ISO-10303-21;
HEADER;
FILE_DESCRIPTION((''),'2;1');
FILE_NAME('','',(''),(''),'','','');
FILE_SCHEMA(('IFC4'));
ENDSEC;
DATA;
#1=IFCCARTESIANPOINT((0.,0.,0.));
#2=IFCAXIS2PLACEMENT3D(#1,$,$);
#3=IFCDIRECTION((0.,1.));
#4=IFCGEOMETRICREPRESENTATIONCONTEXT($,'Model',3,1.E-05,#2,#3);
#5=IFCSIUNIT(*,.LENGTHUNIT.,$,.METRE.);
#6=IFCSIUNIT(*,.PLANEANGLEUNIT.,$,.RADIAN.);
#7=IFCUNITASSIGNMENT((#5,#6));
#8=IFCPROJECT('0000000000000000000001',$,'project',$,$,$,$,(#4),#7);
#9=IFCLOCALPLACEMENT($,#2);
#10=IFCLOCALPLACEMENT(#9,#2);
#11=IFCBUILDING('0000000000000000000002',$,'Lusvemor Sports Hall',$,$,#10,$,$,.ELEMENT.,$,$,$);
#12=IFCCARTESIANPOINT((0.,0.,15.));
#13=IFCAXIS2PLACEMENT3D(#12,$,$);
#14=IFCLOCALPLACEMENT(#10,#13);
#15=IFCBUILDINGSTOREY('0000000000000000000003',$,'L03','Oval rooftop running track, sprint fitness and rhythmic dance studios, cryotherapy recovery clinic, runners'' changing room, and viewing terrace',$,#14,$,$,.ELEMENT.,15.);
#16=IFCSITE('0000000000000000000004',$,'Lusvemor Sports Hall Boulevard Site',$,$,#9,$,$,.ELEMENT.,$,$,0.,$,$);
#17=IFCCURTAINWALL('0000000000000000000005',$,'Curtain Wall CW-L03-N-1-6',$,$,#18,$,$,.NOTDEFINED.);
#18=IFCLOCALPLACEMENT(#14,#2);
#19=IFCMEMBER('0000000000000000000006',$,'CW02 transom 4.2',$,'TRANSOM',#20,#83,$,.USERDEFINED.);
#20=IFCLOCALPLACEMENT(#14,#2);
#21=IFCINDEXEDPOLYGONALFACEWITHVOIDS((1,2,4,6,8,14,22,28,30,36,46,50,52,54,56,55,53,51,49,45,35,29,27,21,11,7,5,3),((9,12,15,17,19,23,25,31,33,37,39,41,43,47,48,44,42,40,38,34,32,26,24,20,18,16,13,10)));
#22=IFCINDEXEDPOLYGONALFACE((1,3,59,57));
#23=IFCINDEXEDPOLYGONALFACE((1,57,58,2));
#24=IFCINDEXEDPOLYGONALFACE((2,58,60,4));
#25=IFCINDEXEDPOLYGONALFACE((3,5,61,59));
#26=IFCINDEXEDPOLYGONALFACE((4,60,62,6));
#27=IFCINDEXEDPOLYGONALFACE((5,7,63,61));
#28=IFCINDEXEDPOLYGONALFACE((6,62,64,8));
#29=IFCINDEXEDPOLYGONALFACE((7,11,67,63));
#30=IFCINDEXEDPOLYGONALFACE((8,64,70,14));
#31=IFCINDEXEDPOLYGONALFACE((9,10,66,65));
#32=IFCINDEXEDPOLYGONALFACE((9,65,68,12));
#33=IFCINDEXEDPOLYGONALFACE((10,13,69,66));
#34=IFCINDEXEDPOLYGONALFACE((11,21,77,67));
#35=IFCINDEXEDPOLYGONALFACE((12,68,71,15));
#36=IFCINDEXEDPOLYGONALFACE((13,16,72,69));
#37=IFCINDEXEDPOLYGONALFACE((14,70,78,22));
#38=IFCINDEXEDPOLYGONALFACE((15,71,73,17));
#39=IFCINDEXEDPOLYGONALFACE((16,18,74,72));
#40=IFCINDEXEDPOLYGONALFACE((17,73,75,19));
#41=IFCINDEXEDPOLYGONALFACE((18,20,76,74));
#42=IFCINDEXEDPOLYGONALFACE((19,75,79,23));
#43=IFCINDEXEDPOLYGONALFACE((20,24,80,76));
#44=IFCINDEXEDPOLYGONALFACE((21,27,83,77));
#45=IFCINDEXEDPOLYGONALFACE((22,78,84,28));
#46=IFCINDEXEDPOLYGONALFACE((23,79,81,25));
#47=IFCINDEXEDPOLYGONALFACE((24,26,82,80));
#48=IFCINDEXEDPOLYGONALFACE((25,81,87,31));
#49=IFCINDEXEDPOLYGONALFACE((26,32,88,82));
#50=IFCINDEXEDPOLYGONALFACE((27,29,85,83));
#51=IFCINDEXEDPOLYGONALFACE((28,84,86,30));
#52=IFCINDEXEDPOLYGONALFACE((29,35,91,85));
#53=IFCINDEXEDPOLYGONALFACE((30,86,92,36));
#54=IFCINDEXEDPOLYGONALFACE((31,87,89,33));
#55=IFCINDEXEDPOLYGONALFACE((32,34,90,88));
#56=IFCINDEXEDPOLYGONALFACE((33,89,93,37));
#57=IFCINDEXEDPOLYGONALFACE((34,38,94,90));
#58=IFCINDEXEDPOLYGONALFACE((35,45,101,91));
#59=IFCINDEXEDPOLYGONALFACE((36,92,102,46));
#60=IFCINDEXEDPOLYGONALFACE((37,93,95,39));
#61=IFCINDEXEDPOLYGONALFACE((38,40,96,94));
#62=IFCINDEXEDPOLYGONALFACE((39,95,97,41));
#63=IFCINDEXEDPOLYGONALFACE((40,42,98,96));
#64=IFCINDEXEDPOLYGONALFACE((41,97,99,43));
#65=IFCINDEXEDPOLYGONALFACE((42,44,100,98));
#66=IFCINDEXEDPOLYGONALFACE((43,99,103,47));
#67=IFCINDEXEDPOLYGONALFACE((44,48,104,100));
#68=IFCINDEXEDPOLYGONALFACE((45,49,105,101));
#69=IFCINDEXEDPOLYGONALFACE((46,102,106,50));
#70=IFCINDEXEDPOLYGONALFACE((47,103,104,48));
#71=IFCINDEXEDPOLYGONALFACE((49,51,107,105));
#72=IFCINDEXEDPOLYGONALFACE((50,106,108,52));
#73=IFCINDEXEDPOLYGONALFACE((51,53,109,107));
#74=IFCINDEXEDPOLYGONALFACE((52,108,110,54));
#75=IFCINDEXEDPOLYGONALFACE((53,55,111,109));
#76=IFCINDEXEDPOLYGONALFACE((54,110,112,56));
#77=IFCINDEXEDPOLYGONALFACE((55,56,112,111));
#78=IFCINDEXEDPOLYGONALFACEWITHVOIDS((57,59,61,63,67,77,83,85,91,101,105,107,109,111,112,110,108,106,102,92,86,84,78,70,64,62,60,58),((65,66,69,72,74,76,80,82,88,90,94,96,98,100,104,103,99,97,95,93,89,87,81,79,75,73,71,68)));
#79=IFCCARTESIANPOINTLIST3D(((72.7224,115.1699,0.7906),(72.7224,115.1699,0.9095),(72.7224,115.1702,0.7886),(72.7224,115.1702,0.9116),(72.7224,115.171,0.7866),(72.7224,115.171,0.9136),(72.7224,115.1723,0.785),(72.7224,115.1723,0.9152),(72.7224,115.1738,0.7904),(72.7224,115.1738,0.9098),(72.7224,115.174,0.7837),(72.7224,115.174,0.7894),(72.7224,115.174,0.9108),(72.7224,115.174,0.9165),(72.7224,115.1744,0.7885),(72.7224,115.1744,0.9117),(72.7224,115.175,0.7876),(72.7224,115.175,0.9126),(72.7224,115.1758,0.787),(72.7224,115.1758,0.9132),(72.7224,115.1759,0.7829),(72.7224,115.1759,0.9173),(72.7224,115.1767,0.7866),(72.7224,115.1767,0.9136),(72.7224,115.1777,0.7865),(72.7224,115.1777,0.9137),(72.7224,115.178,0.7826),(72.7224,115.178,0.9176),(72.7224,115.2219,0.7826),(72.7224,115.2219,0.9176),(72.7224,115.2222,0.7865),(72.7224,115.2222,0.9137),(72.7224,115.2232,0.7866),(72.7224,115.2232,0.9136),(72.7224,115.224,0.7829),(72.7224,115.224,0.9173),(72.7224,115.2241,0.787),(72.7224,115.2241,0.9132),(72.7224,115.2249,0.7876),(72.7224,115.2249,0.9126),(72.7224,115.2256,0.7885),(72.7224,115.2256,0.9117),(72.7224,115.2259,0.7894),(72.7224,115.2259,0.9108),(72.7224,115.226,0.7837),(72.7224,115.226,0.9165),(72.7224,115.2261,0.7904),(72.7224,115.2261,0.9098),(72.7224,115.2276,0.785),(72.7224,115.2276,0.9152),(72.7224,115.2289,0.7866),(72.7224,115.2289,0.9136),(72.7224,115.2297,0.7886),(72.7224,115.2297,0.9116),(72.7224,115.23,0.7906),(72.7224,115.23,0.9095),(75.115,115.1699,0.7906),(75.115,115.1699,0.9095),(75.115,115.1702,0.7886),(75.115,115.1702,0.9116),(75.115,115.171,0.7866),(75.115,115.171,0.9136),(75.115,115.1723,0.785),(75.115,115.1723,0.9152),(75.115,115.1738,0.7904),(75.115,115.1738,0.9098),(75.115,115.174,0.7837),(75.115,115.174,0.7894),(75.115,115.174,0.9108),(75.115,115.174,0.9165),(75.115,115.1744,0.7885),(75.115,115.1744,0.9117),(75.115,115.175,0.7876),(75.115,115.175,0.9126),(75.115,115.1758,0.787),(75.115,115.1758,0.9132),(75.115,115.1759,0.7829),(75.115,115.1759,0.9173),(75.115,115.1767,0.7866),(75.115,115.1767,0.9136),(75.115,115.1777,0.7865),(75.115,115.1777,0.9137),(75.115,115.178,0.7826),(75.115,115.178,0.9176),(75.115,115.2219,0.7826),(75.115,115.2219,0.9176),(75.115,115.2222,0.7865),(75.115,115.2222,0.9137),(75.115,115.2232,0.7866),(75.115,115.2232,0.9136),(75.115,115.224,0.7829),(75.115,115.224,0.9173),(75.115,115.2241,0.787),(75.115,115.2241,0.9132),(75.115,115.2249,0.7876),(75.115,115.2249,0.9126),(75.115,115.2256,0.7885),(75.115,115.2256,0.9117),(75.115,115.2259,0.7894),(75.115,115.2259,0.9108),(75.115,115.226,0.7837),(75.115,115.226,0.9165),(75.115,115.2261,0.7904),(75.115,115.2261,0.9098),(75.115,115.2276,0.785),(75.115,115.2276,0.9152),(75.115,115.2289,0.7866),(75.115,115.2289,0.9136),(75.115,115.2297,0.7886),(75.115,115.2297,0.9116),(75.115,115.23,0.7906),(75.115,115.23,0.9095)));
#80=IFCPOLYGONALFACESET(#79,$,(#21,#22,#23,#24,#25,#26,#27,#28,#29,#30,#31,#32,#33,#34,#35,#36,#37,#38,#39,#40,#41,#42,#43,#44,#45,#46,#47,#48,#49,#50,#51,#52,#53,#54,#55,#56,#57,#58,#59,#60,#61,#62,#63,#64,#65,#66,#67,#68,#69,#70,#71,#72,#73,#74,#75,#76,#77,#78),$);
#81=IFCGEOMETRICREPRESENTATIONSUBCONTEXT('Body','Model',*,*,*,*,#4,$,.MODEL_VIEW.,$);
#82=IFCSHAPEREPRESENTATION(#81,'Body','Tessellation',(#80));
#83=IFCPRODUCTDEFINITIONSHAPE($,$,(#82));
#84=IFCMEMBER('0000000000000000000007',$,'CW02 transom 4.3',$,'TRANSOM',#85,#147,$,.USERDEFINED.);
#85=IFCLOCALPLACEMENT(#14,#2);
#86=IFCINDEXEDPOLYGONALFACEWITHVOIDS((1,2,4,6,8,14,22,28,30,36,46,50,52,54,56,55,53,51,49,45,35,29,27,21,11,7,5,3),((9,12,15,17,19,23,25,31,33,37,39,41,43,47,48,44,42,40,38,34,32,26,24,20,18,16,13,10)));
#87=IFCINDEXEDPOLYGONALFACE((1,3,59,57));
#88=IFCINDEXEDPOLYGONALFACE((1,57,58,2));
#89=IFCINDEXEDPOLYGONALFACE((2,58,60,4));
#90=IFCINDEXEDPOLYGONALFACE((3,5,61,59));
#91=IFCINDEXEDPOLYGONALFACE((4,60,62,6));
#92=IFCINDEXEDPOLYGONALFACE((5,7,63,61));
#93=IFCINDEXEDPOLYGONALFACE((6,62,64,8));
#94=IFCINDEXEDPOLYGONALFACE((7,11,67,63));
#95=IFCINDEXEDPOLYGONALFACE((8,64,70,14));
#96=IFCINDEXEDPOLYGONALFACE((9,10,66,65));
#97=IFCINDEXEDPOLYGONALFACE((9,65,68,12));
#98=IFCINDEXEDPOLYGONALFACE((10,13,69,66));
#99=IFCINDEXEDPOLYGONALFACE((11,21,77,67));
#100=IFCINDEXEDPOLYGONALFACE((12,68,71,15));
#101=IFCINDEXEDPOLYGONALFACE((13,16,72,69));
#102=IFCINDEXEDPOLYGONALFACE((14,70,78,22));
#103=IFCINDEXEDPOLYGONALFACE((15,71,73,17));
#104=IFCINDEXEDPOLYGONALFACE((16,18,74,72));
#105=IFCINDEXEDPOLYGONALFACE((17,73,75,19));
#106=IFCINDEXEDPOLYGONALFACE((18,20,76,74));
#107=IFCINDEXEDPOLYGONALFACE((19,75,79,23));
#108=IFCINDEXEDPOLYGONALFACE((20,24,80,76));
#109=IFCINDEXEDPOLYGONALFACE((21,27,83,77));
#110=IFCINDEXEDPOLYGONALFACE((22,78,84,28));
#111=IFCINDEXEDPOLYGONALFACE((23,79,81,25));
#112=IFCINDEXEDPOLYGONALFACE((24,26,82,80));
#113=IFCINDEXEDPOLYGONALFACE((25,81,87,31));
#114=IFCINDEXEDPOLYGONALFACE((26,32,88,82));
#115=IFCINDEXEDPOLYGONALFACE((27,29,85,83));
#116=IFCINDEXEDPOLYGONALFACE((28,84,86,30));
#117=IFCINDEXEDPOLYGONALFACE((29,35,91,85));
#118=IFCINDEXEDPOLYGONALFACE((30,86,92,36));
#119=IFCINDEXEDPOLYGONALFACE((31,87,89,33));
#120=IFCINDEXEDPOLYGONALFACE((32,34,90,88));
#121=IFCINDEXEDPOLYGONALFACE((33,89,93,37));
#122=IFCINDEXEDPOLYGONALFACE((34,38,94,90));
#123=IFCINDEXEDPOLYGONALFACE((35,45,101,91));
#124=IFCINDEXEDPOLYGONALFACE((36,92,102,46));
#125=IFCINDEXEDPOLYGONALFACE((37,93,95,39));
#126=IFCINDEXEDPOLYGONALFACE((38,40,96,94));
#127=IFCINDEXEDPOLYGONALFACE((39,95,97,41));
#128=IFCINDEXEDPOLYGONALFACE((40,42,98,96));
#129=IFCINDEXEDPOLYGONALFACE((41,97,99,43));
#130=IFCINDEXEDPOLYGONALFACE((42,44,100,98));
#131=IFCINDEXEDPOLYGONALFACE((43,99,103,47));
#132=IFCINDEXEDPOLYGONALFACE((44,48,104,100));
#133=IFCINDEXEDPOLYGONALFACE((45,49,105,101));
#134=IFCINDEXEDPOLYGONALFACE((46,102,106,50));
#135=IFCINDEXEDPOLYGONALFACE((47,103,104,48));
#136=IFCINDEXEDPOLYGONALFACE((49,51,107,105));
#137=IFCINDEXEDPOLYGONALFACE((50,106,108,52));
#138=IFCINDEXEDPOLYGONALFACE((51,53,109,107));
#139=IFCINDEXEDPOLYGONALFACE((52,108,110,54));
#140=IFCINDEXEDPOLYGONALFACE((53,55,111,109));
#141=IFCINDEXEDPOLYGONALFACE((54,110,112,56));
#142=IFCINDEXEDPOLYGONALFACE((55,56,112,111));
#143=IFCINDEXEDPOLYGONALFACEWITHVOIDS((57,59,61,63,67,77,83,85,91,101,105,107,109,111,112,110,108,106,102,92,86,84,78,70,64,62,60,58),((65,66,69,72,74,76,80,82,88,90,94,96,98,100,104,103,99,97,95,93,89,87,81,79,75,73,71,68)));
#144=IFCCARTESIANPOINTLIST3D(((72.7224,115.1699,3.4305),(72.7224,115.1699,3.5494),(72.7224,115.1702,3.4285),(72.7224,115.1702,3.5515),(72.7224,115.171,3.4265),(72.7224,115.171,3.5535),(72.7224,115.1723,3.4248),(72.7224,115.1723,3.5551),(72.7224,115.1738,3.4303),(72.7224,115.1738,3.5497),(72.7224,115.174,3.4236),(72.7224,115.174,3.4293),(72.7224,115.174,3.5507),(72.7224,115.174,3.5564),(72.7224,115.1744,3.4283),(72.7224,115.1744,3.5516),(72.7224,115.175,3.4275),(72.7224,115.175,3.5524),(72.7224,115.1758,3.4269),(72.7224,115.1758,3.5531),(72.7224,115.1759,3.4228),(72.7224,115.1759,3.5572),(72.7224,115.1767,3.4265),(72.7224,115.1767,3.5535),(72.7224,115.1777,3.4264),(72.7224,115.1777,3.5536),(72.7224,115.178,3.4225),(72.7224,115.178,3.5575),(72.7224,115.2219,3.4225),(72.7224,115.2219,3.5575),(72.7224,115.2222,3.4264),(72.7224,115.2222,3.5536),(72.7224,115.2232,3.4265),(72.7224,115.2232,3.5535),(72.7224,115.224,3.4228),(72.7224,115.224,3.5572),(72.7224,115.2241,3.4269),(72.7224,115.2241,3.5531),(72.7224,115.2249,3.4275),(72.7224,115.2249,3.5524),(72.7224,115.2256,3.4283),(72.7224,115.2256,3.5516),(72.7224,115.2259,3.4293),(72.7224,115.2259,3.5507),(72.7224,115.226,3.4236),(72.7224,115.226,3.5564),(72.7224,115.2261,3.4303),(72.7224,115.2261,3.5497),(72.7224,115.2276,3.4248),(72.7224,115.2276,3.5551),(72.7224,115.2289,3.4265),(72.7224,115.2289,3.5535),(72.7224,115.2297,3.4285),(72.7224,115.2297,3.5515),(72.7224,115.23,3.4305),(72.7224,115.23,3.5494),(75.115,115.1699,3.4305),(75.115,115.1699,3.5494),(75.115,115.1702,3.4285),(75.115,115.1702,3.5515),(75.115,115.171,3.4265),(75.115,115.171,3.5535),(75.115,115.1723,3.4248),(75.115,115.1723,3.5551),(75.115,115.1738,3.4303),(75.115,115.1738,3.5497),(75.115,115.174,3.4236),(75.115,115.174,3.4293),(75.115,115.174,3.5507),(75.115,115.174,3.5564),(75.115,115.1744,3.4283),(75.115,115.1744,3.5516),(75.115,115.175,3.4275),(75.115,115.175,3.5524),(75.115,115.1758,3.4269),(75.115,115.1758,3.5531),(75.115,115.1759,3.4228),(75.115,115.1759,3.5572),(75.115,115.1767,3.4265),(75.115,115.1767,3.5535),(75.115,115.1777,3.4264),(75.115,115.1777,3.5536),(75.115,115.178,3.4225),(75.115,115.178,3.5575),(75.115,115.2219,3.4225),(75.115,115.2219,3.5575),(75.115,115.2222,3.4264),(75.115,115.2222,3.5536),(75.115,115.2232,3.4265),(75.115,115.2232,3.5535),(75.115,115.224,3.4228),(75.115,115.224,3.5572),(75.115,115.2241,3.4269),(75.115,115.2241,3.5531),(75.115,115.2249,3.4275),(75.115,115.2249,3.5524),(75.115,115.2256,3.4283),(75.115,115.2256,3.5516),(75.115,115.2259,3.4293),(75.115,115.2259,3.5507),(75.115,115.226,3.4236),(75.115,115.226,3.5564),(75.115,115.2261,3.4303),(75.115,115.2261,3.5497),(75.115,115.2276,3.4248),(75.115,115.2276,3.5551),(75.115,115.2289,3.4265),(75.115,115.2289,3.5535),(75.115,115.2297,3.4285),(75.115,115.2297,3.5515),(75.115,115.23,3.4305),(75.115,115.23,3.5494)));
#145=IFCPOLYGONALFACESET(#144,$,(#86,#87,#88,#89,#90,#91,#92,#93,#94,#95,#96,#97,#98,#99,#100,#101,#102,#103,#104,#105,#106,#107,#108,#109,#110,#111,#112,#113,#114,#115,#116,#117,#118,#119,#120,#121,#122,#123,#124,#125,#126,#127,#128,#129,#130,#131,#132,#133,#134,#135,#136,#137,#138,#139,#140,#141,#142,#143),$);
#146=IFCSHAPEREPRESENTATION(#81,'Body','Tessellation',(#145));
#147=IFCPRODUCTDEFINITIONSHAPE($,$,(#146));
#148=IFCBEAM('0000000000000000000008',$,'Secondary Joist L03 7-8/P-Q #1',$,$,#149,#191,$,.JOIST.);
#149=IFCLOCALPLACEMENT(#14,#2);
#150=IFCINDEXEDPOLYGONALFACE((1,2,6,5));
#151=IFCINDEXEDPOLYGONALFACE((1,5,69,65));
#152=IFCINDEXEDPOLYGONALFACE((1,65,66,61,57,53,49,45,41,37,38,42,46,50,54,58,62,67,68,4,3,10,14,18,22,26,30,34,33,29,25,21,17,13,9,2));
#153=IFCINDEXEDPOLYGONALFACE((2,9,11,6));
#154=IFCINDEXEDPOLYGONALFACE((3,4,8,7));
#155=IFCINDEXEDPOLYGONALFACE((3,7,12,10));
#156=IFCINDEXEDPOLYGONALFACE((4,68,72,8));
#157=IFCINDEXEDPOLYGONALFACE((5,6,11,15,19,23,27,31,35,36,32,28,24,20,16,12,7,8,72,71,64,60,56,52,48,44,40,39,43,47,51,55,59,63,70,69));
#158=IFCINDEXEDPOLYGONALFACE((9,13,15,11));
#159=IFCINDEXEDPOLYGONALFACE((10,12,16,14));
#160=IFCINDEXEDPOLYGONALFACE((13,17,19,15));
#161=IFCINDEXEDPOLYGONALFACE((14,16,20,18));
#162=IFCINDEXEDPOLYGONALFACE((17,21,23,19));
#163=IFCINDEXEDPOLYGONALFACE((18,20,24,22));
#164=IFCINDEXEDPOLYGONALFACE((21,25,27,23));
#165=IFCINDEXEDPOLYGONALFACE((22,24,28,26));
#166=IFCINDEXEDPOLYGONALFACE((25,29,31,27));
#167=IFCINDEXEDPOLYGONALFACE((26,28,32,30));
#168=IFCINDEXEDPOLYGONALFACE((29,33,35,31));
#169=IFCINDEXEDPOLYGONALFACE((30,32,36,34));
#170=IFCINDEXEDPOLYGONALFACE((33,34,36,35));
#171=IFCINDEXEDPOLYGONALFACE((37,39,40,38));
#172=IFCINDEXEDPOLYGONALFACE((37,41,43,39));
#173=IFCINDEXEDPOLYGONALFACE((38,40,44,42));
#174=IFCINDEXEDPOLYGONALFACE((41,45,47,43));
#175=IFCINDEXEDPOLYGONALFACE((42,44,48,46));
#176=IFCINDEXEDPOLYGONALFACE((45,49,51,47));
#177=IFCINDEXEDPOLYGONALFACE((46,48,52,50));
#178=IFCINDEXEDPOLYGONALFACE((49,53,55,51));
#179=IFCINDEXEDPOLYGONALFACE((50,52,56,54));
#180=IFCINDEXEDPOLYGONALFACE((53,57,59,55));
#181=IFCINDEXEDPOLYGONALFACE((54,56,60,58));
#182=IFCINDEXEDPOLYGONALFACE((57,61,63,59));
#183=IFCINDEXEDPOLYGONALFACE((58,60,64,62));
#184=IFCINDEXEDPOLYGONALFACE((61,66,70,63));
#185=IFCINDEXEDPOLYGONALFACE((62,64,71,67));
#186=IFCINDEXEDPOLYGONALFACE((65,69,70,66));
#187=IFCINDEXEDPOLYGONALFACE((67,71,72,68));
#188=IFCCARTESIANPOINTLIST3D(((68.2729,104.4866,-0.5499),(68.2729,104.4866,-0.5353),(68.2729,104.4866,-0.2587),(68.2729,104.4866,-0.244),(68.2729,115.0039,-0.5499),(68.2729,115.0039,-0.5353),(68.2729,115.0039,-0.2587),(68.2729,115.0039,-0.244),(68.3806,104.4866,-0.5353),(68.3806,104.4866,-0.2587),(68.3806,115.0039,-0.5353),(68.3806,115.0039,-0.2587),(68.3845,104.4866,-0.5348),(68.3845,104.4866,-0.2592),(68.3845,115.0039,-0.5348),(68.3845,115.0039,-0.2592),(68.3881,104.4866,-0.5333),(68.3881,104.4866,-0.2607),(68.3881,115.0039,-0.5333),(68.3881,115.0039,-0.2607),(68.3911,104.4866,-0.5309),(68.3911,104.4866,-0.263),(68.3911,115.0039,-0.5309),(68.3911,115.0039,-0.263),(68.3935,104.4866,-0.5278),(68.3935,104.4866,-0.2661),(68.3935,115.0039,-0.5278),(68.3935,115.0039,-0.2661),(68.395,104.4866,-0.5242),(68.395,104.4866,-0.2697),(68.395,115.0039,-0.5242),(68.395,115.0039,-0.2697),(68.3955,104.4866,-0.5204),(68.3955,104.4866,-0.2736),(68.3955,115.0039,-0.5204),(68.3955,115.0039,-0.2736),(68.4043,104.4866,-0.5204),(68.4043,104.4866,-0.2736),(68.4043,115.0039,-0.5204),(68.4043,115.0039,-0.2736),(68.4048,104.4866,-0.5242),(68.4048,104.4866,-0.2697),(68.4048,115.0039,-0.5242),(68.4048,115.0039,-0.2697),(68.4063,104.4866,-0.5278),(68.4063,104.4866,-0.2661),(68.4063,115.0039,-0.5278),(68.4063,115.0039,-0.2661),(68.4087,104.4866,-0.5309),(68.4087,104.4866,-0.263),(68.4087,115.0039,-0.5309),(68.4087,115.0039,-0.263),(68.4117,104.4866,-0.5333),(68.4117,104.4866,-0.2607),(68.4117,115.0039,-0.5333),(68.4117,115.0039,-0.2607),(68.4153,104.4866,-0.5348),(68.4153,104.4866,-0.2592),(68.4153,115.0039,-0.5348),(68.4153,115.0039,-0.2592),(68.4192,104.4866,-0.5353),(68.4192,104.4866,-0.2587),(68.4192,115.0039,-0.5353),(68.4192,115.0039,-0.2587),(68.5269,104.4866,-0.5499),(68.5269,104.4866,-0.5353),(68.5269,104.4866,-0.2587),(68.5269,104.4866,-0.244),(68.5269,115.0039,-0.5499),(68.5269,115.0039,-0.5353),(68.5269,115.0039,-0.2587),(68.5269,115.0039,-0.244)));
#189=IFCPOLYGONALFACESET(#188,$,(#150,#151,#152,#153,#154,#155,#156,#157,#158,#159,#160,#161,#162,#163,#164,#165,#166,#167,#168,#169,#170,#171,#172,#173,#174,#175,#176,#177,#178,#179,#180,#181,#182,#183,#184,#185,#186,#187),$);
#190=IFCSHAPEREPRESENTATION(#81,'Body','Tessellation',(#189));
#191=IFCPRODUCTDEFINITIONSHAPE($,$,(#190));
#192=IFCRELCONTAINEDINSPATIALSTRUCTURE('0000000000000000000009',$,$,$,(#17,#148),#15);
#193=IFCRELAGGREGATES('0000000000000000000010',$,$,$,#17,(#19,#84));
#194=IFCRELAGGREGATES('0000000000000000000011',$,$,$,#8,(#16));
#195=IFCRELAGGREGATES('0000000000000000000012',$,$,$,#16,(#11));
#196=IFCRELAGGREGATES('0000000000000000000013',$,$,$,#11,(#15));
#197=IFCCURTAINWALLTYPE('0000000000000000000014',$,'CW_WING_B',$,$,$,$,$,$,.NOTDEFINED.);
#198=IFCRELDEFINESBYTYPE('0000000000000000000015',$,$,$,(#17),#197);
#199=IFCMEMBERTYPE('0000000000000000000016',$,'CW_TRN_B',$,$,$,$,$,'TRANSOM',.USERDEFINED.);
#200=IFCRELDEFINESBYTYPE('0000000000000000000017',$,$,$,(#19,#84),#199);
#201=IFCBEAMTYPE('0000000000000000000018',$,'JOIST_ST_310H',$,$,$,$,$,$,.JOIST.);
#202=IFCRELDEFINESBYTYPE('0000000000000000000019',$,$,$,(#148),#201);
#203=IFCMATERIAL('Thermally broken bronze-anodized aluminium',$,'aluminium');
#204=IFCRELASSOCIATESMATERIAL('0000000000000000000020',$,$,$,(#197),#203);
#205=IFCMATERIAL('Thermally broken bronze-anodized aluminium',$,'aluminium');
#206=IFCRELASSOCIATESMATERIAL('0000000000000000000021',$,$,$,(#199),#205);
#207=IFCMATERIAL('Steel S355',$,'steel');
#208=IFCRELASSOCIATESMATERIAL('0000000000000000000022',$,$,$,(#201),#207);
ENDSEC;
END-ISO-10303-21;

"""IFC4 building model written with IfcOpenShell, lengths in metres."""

from ifc_helpers import new_model, si_unit, direction, frame, origin, origin_2d, place, context, subcontext, project, spatial, hollow_rectangle, i_section, extrude, material, material_profile, profile_set, type_object, element, aggregate, save


model = new_model("IFC4")

# Units and contexts
model_context = context("Model", 3, precision=1e-05, world=origin(), true_north=direction((0.0, 1.0)))
body_context = subcontext(model_context, "Body", "Model", "MODEL_VIEW")
ifc_project = project(units=[si_unit("LENGTHUNIT", "METRE"), si_unit("PLANEANGLEUNIT", "RADIAN")], contexts=[model_context])

# Site, building, storey
site_placement = place(None, origin())
site = spatial("IfcSite", under=ifc_project, at=site_placement, Name="Lusvemor Sports Hall Boulevard Site", CompositionType="ELEMENT", RefElevation=0.0)
building_placement = place(site_placement, origin())
building = spatial("IfcBuilding", under=site, at=building_placement, Name="Lusvemor Sports Hall", CompositionType="ELEMENT")
storey_placement = place(building_placement, frame((0.0, 0.0, 15.0)))
storey = spatial("IfcBuildingStorey", under=building, at=storey_placement, Name="L03", Description="Oval rooftop running track, sprint fitness and rhythmic dance studios, cryotherapy recovery clinic, runners' changing room, and viewing terrace", CompositionType="ELEMENT", Elevation=15.0)

# Curtain wall, members
ifc_material_1 = material(Name="Thermally broken bronze-anodized aluminium", Category="aluminium")
curtain_wall_type = type_object("IfcCurtainWallType", Name="CW_WING_B", PredefinedType="NOTDEFINED", material=ifc_material_1)
curtain_wall_placement = place(storey_placement, origin())
curtain_wall = element("IfcCurtainWall", 1, at=curtain_wall_placement, inside=storey, type_object=curtain_wall_type, Name="Curtain Wall CW-L03-N-1-6", PredefinedType="NOTDEFINED")
ifc_material_2 = material(Name="Thermally broken bronze-anodized aluminium", Category="aluminium")
ifc_material_profile_1 = material_profile(ifc_material_2, hollow_rectangle(XDim=0.0601, YDim=0.135, WallThickness=0.0039, InnerFilletRadius=0.0039, OuterFilletRadius=0.0081, at=origin_2d()), Name="CWTRN135x60x4")
ifc_profile_set_1 = profile_set([ifc_material_profile_1], Name="Thermally broken bronze-anodized aluminium")
member_type_1 = type_object("IfcMemberType", Name="CW_TRN_B", ElementType="TRANSOM", PredefinedType="USERDEFINED", material=ifc_profile_set_1)
member_1_placement = place(storey_placement, frame((72.7224, 115.2, 0.8501), z_axis=(1.0, 0.0, 0.0), x_axis=(0.0, 1.0, 0.0)))
member_1 = element("IfcMember", 2, at=member_1_placement, type_object=member_type_1, Name="CW02 transom 4.2", ObjectType="TRANSOM", PredefinedType="USERDEFINED", context=body_context, shape_type="SweptSolid", body=[
    extrude(hollow_rectangle(XDim=0.0601, YDim=0.135, WallThickness=0.0039, InnerFilletRadius=0.0039, OuterFilletRadius=0.0081, at=origin_2d()), origin(), (0.0, 0.0, 1.0), 2.3926),
])
member_2_placement = place(storey_placement, frame((72.7224, 115.2, 3.49), z_axis=(1.0, 0.0, 0.0), x_axis=(0.0, 1.0, 0.0)))
member_2 = element("IfcMember", 3, at=member_2_placement, type_object=member_type_1, Name="CW02 transom 4.3", ObjectType="TRANSOM", PredefinedType="USERDEFINED", context=body_context, shape_type="SweptSolid", body=[
    extrude(hollow_rectangle(XDim=0.0601, YDim=0.135, WallThickness=0.0039, InnerFilletRadius=0.0039, OuterFilletRadius=0.0081, at=origin_2d()), origin(), (0.0, 0.0, 1.0), 2.3926),
])

# Beam
ifc_material_3 = material(Name="Steel S355", Category="steel")
ifc_material_profile_2 = material_profile(ifc_material_3, i_section(OverallWidth=0.2539, OverallDepth=0.3059, WebThickness=0.0088, FlangeThickness=0.0146, FilletRadius=0.0149, at=origin_2d()), Name="W310x79.0")
ifc_profile_set_2 = profile_set([ifc_material_profile_2], Name="Steel S355")
beam_type = type_object("IfcBeamType", Name="JOIST_ST_310H", PredefinedType="JOIST", material=ifc_profile_set_2)
for number, where, z_axis, x_axis, name in (
    (4, (68.3999, 104.4866, -0.397), (0.0, 1.0, 0.0), (-1.0, 0.0, 0.0), "Secondary Joist L03 7-8/P-Q #1"),
):
    element("IfcBeam", number, at=place(storey_placement, frame(where, z_axis=z_axis, x_axis=x_axis)), inside=storey, type_object=beam_type, Name=name, PredefinedType="JOIST", context=body_context, shape_type="SweptSolid", body=[
        extrude(i_section(OverallWidth=0.2539, OverallDepth=0.3059, WebThickness=0.0088, FlangeThickness=0.0146, FilletRadius=0.0149, at=origin_2d()), origin(), (0.0, 0.0, 1.0), 10.5173),
    ])

aggregate(curtain_wall, [member_1, member_2])

save(model, "model.ifc")
